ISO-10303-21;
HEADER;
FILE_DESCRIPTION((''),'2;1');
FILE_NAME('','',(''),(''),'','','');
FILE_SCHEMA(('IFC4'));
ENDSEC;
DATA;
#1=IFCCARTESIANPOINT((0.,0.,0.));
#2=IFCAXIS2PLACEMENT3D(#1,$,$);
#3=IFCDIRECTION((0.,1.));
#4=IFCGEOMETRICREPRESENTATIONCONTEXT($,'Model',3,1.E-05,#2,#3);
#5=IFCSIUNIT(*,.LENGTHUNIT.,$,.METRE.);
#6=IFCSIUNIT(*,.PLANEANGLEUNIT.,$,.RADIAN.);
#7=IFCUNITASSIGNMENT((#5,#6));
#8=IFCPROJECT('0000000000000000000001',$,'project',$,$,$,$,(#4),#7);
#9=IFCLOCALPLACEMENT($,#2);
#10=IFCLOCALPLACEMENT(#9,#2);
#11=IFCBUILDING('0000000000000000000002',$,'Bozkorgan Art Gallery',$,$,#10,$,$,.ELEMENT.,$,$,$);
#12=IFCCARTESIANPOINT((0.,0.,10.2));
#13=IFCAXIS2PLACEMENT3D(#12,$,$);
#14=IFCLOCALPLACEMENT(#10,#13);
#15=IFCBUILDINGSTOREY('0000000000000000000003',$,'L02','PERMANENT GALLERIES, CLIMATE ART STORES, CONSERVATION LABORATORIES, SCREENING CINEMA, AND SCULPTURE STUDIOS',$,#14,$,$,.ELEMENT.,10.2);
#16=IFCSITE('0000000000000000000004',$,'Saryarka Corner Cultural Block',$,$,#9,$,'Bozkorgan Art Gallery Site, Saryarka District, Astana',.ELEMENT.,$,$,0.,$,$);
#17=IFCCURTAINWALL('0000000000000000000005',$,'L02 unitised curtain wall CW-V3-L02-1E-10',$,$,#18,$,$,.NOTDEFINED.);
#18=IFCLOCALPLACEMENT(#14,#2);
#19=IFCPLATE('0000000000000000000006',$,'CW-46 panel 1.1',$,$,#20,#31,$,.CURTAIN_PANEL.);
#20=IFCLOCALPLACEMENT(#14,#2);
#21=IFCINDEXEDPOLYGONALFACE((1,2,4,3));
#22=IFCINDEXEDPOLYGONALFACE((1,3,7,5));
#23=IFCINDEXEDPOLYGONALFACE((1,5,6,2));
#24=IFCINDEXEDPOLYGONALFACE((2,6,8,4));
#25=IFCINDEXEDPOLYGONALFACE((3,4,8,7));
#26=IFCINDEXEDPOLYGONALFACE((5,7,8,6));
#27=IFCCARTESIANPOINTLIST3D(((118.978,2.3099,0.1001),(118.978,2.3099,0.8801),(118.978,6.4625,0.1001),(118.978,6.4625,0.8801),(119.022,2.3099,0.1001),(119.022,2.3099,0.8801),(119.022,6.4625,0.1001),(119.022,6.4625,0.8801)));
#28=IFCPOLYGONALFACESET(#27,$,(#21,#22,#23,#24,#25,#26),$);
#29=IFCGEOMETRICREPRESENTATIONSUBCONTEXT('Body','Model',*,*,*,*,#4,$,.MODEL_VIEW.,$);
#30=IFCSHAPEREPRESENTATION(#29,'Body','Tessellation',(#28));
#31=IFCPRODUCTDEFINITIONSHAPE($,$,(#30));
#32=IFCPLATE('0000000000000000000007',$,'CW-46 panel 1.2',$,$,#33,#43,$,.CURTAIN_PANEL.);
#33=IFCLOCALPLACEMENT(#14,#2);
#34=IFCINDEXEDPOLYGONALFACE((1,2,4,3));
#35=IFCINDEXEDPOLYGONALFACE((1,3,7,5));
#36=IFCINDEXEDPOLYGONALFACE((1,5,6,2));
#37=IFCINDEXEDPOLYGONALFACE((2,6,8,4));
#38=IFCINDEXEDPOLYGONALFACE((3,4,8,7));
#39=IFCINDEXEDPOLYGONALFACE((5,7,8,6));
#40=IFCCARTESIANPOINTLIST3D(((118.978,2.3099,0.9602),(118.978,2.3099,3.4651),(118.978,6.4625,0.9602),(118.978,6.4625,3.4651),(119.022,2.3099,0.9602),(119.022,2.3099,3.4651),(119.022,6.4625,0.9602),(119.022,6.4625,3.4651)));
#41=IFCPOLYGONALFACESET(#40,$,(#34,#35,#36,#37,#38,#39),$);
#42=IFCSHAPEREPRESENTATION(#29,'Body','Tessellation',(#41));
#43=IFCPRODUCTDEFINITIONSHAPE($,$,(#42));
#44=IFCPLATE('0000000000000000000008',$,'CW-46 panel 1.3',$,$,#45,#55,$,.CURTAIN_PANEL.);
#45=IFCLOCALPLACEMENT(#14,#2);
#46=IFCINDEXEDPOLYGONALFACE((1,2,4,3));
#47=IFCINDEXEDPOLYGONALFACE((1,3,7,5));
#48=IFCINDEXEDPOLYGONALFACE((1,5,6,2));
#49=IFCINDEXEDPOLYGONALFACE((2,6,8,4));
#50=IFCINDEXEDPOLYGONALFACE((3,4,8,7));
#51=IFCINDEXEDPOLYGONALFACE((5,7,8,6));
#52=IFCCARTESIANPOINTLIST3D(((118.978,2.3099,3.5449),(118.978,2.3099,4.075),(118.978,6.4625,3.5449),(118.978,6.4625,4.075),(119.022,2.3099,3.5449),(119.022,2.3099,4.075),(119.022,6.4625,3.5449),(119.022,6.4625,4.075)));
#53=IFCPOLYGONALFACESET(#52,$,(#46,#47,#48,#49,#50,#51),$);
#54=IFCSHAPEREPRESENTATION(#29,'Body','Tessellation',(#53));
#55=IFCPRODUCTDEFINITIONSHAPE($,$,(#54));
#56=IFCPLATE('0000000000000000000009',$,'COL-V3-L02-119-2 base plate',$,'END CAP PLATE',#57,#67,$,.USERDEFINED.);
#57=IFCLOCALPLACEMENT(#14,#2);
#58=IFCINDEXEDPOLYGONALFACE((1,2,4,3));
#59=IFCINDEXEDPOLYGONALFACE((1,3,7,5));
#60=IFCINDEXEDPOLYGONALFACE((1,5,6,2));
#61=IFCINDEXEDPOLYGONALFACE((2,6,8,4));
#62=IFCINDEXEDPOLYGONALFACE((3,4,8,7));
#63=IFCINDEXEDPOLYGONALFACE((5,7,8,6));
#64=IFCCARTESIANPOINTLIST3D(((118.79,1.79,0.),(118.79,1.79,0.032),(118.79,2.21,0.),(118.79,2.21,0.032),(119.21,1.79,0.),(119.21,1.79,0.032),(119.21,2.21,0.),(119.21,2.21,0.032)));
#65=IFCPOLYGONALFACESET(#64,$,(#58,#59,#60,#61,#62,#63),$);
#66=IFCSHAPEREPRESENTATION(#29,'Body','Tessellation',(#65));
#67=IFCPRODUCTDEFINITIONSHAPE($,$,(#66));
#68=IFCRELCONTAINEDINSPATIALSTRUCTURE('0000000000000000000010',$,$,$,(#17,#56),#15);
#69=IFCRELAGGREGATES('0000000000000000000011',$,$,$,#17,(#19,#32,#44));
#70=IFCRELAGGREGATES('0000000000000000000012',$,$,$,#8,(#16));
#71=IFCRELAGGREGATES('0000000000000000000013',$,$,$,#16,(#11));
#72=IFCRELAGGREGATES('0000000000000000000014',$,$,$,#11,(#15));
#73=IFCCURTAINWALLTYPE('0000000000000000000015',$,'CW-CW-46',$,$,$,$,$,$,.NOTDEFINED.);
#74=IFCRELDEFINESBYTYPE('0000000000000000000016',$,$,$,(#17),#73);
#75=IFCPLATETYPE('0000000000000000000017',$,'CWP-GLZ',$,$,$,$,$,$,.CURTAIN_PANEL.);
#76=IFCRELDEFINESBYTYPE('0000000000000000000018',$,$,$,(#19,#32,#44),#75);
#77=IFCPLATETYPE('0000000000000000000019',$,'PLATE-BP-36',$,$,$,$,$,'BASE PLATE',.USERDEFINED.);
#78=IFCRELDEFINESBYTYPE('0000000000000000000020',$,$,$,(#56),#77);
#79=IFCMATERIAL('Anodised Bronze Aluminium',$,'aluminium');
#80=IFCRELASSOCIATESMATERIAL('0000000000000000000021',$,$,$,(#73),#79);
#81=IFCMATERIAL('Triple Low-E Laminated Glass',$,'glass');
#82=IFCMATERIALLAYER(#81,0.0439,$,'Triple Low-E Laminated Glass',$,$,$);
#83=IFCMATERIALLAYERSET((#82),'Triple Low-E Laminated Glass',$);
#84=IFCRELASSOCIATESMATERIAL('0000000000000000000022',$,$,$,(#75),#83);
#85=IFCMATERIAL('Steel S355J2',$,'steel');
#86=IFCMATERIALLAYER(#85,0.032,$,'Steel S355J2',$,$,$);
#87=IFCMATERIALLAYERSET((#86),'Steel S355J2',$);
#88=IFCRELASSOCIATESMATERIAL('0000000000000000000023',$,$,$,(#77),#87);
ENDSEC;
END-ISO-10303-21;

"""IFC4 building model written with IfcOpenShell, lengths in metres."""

from ifc_helpers import new_model, si_unit, direction, frame, origin, origin_2d, place, context, subcontext, project, spatial, rectangle, extrude, material, layer, layer_set, type_object, element, aggregate, save


model = new_model("IFC4")

# Units and contexts
model_context = context("Model", 3, precision=1e-05, world=origin(), true_north=direction((0.0, 1.0)))
body_context = subcontext(model_context, "Body", "Model", "MODEL_VIEW")
ifc_project = project(units=[si_unit("LENGTHUNIT", "METRE"), si_unit("PLANEANGLEUNIT", "RADIAN")], contexts=[model_context])

# Site, building, storey
site_placement = place(None, origin())
site = spatial("IfcSite", under=ifc_project, at=site_placement, Name="Saryarka Corner Cultural Block", LongName="Bozkorgan Art Gallery Site, Saryarka District, Astana", CompositionType="ELEMENT", RefElevation=0.0)
building_placement = place(site_placement, origin())
building = spatial("IfcBuilding", under=site, at=building_placement, Name="Bozkorgan Art Gallery", CompositionType="ELEMENT")
storey_placement = place(building_placement, frame((0.0, 0.0, 10.2)))
storey = spatial("IfcBuildingStorey", under=building, at=storey_placement, Name="L02", Description="PERMANENT GALLERIES, CLIMATE ART STORES, CONSERVATION LABORATORIES, SCREENING CINEMA, AND SCULPTURE STUDIOS", CompositionType="ELEMENT", Elevation=10.2)

# Shared definitions
ifc_material_1 = material(Name="Steel S355J2", Category="steel")

# Curtain wall
ifc_material_2 = material(Name="Anodised Bronze Aluminium", Category="aluminium")
curtain_wall_type_1 = type_object("IfcCurtainWallType", Name="CW-CW-46", PredefinedType="NOTDEFINED", material=ifc_material_2)
curtain_wall_1_placement = place(storey_placement, origin())
curtain_wall_1 = element("IfcCurtainWall", 1, at=curtain_wall_1_placement, inside=storey, type_object=curtain_wall_type_1, Name="L02 unitised curtain wall CW-V3-L02-1E-10", PredefinedType="NOTDEFINED")

# Plates
ifc_material_3 = material(Name="Triple Low-E Laminated Glass", Category="glass")
ifc_layer_1 = layer(ifc_material_3, 0.0439, Name="Triple Low-E Laminated Glass")
ifc_layer_set_1 = layer_set([ifc_layer_1], Name="Triple Low-E Laminated Glass")
plate_type_1 = type_object("IfcPlateType", Name="CWP-GLZ", PredefinedType="CURTAIN_PANEL", material=ifc_layer_set_1)
plate_1_placement = place(storey_placement, frame((119.0, 4.3862, 0.1001), z_axis=(0.0, 0.0, 1.0), x_axis=(0.0, 1.0, 0.0)))
plate_1 = element("IfcPlate", 2, at=plate_1_placement, type_object=plate_type_1, Name="CW-46 panel 1.1", PredefinedType="CURTAIN_PANEL", context=body_context, shape_type="SweptSolid", body=[
    extrude(rectangle(XDim=4.1526, YDim=0.0439, at=origin_2d()), origin(), (0.0, 0.0, 1.0), 0.78),
])
plate_2_placement = place(storey_placement, frame((119.0, 4.3862, 0.9602), z_axis=(0.0, 0.0, 1.0), x_axis=(0.0, 1.0, 0.0)))
plate_2 = element("IfcPlate", 3, at=plate_2_placement, type_object=plate_type_1, Name="CW-46 panel 1.2", PredefinedType="CURTAIN_PANEL", context=body_context, shape_type="SweptSolid", body=[
    extrude(rectangle(XDim=4.1526, YDim=0.0439, at=origin_2d()), origin(), (0.0, 0.0, 1.0), 2.5049),
])
plate_3_placement = place(storey_placement, frame((119.0, 4.3862, 3.5449), z_axis=(0.0, 0.0, 1.0), x_axis=(0.0, 1.0, 0.0)))
plate_3 = element("IfcPlate", 4, at=plate_3_placement, type_object=plate_type_1, Name="CW-46 panel 1.3", PredefinedType="CURTAIN_PANEL", context=body_context, shape_type="SweptSolid", body=[
    extrude(rectangle(XDim=4.1526, YDim=0.0439, at=origin_2d()), origin(), (0.0, 0.0, 1.0), 0.53),
])
aggregate(curtain_wall_1, [plate_1, plate_2, plate_3])
ifc_layer_2 = layer(ifc_material_1, 0.032, Name="Steel S355J2")
ifc_layer_set_2 = layer_set([ifc_layer_2], Name="Steel S355J2")
plate_type_2 = type_object("IfcPlateType", Name="PLATE-BP-36", ElementType="BASE PLATE", PredefinedType="USERDEFINED", material=ifc_layer_set_2)
plate_4_placement = place(storey_placement, frame((119.0, 2.0, 0.0), z_axis=(0.0, 0.0, 1.0), x_axis=(1.0, 0.0, 0.0)))
element("IfcPlate", 5, at=plate_4_placement, inside=storey, type_object=plate_type_2, Name="COL-V3-L02-119-2 base plate", ObjectType="END CAP PLATE", PredefinedType="USERDEFINED", context=body_context, shape_type="SweptSolid", body=[
    extrude(rectangle(XDim=0.4199, YDim=0.4199, at=origin_2d()), origin(), (0.0, 0.0, 1.0), 0.032),
])

save(model, "model.ifc")
